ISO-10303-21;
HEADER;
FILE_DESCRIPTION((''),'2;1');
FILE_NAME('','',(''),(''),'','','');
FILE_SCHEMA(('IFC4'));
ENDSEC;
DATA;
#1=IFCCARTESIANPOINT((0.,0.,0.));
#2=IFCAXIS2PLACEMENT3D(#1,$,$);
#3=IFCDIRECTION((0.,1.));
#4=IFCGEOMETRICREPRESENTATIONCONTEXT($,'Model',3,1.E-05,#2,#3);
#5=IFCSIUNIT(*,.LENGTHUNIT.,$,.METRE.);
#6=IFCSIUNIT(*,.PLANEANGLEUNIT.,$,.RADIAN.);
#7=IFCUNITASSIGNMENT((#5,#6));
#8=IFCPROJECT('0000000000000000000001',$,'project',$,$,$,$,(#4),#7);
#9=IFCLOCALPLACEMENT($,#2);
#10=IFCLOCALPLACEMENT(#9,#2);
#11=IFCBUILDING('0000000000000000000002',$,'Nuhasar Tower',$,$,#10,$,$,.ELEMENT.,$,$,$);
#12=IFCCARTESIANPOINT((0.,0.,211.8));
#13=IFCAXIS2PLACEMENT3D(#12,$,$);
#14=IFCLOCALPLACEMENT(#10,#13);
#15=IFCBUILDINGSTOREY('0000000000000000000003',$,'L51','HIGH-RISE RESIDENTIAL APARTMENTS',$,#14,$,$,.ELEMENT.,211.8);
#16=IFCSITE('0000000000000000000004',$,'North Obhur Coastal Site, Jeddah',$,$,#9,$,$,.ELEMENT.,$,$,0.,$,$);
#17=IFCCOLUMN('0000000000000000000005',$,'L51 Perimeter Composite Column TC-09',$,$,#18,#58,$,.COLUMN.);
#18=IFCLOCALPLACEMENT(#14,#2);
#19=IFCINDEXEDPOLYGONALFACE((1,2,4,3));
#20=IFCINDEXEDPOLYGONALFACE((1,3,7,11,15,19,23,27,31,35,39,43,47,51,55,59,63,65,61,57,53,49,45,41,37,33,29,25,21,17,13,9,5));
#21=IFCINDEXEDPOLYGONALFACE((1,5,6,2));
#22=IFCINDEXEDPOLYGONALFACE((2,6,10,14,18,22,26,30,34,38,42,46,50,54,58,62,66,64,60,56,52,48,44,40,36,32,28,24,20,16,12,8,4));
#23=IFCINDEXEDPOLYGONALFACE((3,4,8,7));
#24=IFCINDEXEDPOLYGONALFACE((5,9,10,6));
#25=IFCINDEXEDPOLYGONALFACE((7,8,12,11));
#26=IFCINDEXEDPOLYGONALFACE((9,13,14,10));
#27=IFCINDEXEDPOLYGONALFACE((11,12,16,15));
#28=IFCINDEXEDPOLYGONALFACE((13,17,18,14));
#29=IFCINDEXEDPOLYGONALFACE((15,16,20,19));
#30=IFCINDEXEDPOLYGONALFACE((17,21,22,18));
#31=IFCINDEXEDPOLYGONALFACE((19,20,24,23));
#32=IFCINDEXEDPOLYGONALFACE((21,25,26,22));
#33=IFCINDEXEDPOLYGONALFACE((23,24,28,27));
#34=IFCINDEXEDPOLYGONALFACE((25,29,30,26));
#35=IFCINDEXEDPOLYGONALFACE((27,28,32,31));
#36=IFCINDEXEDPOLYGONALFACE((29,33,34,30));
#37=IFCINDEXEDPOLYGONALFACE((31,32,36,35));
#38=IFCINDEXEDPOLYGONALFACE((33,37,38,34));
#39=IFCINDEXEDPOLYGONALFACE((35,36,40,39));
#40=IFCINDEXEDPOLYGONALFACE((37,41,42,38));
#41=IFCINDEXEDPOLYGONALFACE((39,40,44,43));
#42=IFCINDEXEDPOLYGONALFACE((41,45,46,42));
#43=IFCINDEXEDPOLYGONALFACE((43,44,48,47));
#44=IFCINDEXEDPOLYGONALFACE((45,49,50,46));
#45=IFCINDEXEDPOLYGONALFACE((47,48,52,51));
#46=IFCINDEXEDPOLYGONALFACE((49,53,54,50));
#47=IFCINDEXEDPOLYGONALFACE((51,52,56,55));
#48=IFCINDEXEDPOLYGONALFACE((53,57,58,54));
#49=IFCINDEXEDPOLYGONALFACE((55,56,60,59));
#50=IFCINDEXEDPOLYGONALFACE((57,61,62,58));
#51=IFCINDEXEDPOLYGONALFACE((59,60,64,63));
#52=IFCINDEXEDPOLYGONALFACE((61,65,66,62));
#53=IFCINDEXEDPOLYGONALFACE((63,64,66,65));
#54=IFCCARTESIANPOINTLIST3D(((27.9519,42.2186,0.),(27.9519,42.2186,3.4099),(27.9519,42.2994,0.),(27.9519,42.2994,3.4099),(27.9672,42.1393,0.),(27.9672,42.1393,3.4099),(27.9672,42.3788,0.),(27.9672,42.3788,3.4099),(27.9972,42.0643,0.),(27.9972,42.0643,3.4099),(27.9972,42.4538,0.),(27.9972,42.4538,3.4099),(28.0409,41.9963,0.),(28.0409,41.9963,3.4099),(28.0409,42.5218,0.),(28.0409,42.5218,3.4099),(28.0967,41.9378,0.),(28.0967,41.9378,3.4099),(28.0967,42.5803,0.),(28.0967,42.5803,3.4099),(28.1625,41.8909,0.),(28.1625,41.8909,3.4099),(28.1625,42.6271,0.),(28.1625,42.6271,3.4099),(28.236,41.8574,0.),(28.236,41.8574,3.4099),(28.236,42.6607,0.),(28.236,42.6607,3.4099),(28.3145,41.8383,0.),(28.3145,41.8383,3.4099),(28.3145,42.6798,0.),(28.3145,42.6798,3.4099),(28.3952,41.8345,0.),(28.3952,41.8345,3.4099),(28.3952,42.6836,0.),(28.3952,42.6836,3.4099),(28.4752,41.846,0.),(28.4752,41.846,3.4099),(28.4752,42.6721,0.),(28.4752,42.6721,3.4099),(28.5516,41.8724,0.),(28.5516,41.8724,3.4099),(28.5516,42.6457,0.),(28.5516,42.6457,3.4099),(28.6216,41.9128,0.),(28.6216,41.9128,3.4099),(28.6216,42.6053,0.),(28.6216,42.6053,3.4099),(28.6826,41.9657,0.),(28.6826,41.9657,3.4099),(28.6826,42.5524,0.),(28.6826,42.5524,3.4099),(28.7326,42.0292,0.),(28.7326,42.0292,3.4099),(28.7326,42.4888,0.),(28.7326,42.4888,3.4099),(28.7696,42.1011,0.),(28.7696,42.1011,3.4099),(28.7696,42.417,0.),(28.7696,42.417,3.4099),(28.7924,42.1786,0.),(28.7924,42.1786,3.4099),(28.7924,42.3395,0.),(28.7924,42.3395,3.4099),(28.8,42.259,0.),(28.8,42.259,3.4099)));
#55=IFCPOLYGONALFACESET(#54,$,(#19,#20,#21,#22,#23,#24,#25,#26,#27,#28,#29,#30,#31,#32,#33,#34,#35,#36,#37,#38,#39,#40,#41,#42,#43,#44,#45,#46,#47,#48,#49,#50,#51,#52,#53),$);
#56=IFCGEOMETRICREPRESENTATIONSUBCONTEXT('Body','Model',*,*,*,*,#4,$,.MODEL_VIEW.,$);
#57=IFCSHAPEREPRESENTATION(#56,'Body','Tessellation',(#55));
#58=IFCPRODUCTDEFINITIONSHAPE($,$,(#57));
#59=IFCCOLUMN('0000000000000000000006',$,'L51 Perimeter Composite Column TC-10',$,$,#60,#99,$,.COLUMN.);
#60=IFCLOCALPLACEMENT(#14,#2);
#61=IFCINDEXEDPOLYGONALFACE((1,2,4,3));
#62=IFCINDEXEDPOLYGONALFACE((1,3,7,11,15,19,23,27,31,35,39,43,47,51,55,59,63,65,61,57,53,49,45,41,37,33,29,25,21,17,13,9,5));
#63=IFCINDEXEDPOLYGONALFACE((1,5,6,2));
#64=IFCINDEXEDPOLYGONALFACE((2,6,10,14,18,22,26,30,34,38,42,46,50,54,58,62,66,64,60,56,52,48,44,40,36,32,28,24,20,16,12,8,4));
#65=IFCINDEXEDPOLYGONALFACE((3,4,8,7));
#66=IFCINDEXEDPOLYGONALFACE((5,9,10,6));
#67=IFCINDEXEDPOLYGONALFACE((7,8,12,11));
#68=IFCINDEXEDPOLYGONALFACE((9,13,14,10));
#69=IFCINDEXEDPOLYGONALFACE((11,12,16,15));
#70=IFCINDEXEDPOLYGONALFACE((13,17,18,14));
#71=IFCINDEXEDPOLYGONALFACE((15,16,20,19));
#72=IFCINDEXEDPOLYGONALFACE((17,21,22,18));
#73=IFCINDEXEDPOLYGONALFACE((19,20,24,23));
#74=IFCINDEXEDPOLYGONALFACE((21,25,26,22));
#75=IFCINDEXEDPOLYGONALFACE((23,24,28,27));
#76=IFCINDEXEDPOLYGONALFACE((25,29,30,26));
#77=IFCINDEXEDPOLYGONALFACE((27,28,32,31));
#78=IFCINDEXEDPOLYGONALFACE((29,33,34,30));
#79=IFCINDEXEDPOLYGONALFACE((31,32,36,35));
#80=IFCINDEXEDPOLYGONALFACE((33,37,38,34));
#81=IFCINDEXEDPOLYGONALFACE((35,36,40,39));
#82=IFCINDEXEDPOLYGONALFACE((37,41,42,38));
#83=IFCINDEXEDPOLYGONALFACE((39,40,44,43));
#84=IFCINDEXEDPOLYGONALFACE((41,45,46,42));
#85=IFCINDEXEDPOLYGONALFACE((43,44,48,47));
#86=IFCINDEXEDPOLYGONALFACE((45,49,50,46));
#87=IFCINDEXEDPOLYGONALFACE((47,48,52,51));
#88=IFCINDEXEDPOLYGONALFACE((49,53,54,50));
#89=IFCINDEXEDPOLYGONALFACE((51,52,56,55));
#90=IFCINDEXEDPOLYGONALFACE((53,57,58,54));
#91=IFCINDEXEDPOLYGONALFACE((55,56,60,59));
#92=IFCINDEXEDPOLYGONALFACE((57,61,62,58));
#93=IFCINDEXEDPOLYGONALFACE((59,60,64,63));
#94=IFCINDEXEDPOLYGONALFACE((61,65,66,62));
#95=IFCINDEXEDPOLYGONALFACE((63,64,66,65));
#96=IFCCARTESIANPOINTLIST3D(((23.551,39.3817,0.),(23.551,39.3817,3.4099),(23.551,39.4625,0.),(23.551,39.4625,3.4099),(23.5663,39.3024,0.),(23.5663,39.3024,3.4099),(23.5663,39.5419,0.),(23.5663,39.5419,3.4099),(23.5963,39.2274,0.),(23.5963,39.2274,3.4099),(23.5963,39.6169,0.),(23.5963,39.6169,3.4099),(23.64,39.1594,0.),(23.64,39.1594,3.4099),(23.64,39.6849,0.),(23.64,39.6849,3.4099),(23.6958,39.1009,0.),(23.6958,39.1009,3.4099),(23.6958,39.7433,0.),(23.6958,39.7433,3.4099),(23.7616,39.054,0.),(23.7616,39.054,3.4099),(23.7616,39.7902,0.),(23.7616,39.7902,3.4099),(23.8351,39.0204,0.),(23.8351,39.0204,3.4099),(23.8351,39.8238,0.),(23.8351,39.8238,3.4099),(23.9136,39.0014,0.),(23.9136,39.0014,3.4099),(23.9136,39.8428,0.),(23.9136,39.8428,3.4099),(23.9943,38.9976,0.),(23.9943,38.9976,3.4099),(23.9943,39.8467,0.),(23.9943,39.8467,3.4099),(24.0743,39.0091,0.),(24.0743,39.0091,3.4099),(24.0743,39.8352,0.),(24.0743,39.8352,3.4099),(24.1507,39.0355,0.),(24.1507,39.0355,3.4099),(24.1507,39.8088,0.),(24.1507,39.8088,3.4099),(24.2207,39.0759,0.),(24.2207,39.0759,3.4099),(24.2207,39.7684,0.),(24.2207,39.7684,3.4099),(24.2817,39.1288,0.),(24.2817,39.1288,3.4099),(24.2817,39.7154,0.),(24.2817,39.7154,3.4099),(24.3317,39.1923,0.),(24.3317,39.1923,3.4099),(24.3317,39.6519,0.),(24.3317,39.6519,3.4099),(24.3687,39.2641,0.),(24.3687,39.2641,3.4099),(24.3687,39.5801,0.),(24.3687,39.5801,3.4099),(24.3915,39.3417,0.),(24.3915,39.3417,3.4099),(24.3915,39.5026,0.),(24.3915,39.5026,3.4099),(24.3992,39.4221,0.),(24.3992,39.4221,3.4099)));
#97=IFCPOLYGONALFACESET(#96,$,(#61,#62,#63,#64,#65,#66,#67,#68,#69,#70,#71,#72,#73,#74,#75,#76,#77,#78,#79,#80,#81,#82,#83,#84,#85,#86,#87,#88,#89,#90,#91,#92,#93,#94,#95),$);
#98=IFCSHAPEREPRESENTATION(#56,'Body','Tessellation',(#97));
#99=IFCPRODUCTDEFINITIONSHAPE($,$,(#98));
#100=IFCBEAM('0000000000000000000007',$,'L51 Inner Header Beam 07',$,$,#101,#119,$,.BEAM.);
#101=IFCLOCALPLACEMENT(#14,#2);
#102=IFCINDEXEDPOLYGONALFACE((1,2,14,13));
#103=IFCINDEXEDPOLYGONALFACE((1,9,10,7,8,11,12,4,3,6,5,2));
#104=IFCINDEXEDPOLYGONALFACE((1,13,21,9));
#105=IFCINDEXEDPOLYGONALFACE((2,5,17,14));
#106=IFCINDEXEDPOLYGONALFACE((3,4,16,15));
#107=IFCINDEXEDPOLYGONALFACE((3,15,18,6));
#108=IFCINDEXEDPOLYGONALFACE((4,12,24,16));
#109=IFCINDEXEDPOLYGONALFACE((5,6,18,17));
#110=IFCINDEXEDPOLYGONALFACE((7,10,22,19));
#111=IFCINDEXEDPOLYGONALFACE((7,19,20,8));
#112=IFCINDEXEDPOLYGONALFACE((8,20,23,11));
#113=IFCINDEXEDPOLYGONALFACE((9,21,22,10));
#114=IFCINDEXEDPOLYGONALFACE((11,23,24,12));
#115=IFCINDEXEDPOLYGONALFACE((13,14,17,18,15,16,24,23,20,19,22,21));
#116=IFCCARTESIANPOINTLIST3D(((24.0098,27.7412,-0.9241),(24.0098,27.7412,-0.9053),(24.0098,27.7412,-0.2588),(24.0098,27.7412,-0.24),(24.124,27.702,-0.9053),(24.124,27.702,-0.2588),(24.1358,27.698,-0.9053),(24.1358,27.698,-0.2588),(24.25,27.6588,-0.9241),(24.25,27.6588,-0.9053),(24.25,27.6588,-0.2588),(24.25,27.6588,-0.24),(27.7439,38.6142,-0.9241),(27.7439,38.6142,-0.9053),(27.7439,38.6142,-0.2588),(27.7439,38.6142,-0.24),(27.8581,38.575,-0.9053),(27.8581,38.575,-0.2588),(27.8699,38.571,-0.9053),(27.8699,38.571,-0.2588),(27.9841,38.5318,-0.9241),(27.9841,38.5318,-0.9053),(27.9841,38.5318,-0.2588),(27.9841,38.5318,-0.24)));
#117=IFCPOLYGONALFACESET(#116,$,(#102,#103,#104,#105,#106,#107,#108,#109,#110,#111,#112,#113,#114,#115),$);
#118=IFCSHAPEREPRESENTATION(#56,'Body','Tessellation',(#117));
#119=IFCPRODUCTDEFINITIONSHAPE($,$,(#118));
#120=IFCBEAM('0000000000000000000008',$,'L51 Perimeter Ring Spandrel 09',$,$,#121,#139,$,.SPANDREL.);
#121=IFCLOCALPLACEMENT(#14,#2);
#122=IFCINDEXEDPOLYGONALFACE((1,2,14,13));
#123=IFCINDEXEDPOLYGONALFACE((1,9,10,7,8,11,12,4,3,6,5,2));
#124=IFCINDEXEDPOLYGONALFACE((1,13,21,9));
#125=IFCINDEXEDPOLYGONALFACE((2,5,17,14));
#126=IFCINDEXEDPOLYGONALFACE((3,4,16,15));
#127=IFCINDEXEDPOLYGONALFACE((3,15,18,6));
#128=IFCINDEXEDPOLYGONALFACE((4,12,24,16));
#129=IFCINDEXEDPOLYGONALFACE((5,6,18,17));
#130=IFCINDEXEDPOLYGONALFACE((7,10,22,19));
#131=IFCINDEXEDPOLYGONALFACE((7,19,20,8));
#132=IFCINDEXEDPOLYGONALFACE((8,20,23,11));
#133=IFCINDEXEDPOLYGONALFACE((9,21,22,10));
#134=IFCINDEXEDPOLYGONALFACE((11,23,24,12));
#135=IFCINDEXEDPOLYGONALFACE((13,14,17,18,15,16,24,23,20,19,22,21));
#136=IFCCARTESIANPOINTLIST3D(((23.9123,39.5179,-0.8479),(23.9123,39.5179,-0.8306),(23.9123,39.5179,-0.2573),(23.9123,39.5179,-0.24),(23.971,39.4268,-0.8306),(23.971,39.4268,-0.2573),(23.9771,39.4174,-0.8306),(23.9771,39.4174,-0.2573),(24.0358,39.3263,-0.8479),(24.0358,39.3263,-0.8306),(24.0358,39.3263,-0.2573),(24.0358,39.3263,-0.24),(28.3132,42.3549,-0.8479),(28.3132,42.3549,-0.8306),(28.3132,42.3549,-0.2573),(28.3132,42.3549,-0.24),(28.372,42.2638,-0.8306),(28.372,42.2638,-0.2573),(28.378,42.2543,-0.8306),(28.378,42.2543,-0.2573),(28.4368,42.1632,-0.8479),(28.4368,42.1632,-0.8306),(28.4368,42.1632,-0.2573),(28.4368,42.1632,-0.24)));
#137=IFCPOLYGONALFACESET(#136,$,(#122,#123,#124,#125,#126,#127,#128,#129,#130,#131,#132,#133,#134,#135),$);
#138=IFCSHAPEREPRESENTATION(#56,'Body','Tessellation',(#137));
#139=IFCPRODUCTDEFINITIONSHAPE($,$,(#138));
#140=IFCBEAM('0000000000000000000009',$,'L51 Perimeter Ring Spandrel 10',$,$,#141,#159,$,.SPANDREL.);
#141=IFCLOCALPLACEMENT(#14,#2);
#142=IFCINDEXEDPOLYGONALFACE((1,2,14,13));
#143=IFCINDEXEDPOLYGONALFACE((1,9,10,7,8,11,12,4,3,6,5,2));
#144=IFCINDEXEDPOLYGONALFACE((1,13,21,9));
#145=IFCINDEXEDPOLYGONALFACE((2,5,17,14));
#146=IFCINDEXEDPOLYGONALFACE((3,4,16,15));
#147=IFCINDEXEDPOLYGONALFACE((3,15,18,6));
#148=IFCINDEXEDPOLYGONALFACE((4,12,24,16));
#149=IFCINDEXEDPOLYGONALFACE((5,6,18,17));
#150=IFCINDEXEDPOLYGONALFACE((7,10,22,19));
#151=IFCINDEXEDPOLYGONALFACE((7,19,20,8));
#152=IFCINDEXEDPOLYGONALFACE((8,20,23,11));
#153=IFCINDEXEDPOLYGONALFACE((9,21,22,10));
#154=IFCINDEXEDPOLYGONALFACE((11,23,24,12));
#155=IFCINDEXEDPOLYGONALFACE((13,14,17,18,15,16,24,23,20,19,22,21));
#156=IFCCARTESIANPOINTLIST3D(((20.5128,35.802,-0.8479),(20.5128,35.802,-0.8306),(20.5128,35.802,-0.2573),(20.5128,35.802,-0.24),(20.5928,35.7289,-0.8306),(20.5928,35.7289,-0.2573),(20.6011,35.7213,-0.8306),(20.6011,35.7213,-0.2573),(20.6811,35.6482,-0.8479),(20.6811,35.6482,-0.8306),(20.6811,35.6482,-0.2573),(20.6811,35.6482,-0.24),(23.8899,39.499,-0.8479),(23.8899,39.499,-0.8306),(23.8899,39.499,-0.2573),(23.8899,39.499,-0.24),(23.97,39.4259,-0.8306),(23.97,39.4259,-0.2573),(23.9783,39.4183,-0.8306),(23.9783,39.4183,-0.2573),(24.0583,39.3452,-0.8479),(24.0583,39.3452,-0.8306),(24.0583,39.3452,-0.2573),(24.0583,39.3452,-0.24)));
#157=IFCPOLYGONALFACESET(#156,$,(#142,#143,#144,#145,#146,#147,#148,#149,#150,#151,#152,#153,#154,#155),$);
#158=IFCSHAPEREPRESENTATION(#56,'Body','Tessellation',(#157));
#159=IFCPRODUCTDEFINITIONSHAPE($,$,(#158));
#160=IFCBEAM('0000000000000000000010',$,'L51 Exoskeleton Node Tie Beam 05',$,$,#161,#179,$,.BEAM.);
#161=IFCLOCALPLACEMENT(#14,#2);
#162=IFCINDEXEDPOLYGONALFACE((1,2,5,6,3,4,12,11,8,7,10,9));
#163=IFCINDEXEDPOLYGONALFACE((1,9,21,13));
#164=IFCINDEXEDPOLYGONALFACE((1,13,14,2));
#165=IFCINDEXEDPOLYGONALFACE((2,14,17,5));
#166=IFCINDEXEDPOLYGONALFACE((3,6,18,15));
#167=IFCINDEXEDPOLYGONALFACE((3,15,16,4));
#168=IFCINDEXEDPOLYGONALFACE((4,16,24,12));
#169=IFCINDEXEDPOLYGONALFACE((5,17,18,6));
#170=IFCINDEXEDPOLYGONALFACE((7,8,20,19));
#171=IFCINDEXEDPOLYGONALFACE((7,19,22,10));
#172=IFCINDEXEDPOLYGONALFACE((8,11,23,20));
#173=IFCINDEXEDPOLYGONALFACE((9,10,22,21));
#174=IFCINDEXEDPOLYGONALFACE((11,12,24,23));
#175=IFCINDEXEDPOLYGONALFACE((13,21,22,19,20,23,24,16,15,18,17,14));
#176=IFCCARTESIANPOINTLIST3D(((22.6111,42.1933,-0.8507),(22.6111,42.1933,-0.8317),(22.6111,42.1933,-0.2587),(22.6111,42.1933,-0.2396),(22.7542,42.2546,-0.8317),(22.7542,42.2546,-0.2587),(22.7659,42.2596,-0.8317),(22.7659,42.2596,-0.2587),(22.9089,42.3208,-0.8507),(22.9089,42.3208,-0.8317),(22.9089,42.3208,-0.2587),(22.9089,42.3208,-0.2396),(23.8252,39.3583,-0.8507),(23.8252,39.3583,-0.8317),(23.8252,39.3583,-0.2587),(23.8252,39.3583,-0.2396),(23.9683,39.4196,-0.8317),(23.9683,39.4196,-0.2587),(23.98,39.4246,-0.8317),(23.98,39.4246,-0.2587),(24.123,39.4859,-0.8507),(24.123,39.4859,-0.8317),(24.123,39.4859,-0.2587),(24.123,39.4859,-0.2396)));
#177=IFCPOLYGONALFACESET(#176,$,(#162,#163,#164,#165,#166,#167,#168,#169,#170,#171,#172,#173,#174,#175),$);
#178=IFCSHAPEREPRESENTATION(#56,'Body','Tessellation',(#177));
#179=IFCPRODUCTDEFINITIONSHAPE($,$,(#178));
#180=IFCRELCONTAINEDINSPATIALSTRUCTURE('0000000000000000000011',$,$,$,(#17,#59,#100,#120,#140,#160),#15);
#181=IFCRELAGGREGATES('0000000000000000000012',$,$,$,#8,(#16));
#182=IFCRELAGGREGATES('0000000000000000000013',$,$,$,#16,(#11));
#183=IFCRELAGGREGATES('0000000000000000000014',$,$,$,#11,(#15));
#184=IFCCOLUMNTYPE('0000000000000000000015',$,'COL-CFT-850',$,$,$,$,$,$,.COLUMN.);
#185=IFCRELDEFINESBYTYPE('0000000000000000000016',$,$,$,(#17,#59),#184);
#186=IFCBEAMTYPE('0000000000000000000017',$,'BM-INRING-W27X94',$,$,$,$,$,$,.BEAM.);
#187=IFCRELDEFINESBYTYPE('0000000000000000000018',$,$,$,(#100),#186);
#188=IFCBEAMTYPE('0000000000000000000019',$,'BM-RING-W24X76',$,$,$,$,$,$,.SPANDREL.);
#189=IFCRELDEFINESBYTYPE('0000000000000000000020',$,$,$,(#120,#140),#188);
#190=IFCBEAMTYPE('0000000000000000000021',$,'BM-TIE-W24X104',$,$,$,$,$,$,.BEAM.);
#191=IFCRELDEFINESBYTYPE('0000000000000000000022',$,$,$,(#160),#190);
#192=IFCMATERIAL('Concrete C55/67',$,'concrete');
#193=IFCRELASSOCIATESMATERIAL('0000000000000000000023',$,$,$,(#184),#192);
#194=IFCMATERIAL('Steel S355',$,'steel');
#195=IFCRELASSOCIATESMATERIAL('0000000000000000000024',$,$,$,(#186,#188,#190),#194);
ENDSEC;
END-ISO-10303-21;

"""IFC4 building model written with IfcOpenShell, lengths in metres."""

from ifc_helpers import new_model, si_unit, direction, frame, origin, origin_2d, place, context, subcontext, project, spatial, circle, i_section, extrude, material, material_profile, profile_set, type_object, element, save


model = new_model("IFC4")

# Units and contexts
model_context = context("Model", 3, precision=1e-05, world=origin(), true_north=direction((0.0, 1.0)))
body_context = subcontext(model_context, "Body", "Model", "MODEL_VIEW")
ifc_project = project(units=[si_unit("LENGTHUNIT", "METRE"), si_unit("PLANEANGLEUNIT", "RADIAN")], contexts=[model_context])

# Site, building, storey
site_placement = place(None, origin())
site = spatial("IfcSite", under=ifc_project, at=site_placement, Name="North Obhur Coastal Site, Jeddah", CompositionType="ELEMENT", RefElevation=0.0)
building_placement = place(site_placement, origin())
building = spatial("IfcBuilding", under=site, at=building_placement, Name="Nuhasar Tower", CompositionType="ELEMENT")
storey_placement = place(building_placement, frame((0.0, 0.0, 211.8)))
storey = spatial("IfcBuildingStorey", under=building, at=storey_placement, Name="L51", Description="HIGH-RISE RESIDENTIAL APARTMENTS", CompositionType="ELEMENT", Elevation=211.8)

# Columns
ifc_material_1 = material(Name="Concrete C55/67", Category="concrete")
ifc_material_profile_1 = material_profile(ifc_material_1, circle(Radius=0.425, at=origin_2d()), Name="CFT850")
ifc_profile_set_1 = profile_set([ifc_material_profile_1], Name="Concrete C55/67")
column_type = type_object("IfcColumnType", Name="COL-CFT-850", PredefinedType="COLUMN", material=ifc_profile_set_1)
for number, where, z_axis, x_axis, name in (
    (1, (28.375, 42.259, 0.0), (0.0, 0.0, 1.0), (1.0, 0.0, 0.0), "L51 Perimeter Composite Column TC-09"),
    (2, (23.9741, 39.4221, 0.0), (0.0, 0.0, 1.0), (1.0, 0.0, 0.0), "L51 Perimeter Composite Column TC-10"),
):
    element("IfcColumn", number, at=place(storey_placement, frame(where, z_axis=z_axis, x_axis=x_axis)), inside=storey, type_object=column_type, Name=name, PredefinedType="COLUMN", context=body_context, shape_type="SweptSolid", body=[
        extrude(circle(Radius=0.425, at=origin_2d()), origin(), (0.0, 0.0, 1.0), 3.4099),
    ])

# Beams
ifc_material_2 = material(Name="Steel S355", Category="steel")
ifc_material_profile_2 = material_profile(ifc_material_2, i_section(OverallWidth=0.2539, OverallDepth=0.6841, WebThickness=0.0125, FlangeThickness=0.0188, at=origin_2d()), Name="W27X94")
ifc_profile_set_2 = profile_set([ifc_material_profile_2], Name="Steel S355")
beam_type_1 = type_object("IfcBeamType", Name="BM-INRING-W27X94", PredefinedType="BEAM", material=ifc_profile_set_2)
beam_1_placement = place(storey_placement, frame((27.864, 38.573, -0.582), z_axis=(-0.324809, -0.94578, 0.0), x_axis=(0.94578, -0.324809, 0.0)))
element("IfcBeam", 3, at=beam_1_placement, inside=storey, type_object=beam_type_1, Name="L51 Inner Header Beam 07", PredefinedType="BEAM", context=body_context, shape_type="SweptSolid", body=[
    extrude(i_section(OverallWidth=0.2539, OverallDepth=0.6841, WebThickness=0.0125, FlangeThickness=0.0188, at=origin_2d()), origin(), (0.0, 0.0, 1.0), 11.4963),
])
ifc_material_profile_3 = material_profile(ifc_material_2, i_section(OverallWidth=0.228, OverallDepth=0.6079, WebThickness=0.0112, FlangeThickness=0.0173, at=origin_2d()), Name="W24X76")
ifc_profile_set_3 = profile_set([ifc_material_profile_3], Name="Steel S355")
beam_type_2 = type_object("IfcBeamType", Name="BM-RING-W24X76", PredefinedType="SPANDREL", material=ifc_profile_set_3)
beam_2_placement = place(storey_placement, frame((28.375, 42.259, -0.5439), z_axis=(-0.840502, -0.541808, 0.0), x_axis=(0.541808, -0.840502, 0.0)))
element("IfcBeam", 4, at=beam_2_placement, inside=storey, type_object=beam_type_2, Name="L51 Perimeter Ring Spandrel 09", PredefinedType="SPANDREL", context=body_context, shape_type="SweptSolid", body=[
    extrude(i_section(OverallWidth=0.228, OverallDepth=0.6079, WebThickness=0.0112, FlangeThickness=0.0173, at=origin_2d()), origin(), (0.0, 0.0, 1.0), 5.2361),
])
beam_3_placement = place(storey_placement, frame((23.9741, 39.4221, -0.5439), z_axis=(-0.67445, -0.738321, 0.0), x_axis=(0.738321, -0.67445, 0.0)))
element("IfcBeam", 5, at=beam_3_placement, inside=storey, type_object=beam_type_2, Name="L51 Perimeter Ring Spandrel 10", PredefinedType="SPANDREL", context=body_context, shape_type="SweptSolid", body=[
    extrude(i_section(OverallWidth=0.228, OverallDepth=0.6079, WebThickness=0.0112, FlangeThickness=0.0173, at=origin_2d()), origin(), (0.0, 0.0, 1.0), 5.0073),
])
ifc_material_profile_4 = material_profile(ifc_material_2, i_section(OverallWidth=0.324, OverallDepth=0.6111, WebThickness=0.0127, FlangeThickness=0.019, at=origin_2d()), Name="W24X104")
ifc_profile_set_4 = profile_set([ifc_material_profile_4], Name="Steel S355")
beam_type_3 = type_object("IfcBeamType", Name="BM-TIE-W24X104", PredefinedType="BEAM", material=ifc_profile_set_4)
beam_4_placement = place(storey_placement, frame((23.9741, 39.4221, -0.5452), z_axis=(-0.39368, 0.919247, 0.0), x_axis=(-0.919247, -0.39368, 0.0)))
element("IfcBeam", 6, at=beam_4_placement, inside=storey, type_object=beam_type_3, Name="L51 Exoskeleton Node Tie Beam 05", PredefinedType="BEAM", context=body_context, shape_type="SweptSolid", body=[
    extrude(i_section(OverallWidth=0.324, OverallDepth=0.6111, WebThickness=0.0127, FlangeThickness=0.019, at=origin_2d()), origin(), (0.0, 0.0, 1.0), 3.084),
])

save(model, "model.ifc")
